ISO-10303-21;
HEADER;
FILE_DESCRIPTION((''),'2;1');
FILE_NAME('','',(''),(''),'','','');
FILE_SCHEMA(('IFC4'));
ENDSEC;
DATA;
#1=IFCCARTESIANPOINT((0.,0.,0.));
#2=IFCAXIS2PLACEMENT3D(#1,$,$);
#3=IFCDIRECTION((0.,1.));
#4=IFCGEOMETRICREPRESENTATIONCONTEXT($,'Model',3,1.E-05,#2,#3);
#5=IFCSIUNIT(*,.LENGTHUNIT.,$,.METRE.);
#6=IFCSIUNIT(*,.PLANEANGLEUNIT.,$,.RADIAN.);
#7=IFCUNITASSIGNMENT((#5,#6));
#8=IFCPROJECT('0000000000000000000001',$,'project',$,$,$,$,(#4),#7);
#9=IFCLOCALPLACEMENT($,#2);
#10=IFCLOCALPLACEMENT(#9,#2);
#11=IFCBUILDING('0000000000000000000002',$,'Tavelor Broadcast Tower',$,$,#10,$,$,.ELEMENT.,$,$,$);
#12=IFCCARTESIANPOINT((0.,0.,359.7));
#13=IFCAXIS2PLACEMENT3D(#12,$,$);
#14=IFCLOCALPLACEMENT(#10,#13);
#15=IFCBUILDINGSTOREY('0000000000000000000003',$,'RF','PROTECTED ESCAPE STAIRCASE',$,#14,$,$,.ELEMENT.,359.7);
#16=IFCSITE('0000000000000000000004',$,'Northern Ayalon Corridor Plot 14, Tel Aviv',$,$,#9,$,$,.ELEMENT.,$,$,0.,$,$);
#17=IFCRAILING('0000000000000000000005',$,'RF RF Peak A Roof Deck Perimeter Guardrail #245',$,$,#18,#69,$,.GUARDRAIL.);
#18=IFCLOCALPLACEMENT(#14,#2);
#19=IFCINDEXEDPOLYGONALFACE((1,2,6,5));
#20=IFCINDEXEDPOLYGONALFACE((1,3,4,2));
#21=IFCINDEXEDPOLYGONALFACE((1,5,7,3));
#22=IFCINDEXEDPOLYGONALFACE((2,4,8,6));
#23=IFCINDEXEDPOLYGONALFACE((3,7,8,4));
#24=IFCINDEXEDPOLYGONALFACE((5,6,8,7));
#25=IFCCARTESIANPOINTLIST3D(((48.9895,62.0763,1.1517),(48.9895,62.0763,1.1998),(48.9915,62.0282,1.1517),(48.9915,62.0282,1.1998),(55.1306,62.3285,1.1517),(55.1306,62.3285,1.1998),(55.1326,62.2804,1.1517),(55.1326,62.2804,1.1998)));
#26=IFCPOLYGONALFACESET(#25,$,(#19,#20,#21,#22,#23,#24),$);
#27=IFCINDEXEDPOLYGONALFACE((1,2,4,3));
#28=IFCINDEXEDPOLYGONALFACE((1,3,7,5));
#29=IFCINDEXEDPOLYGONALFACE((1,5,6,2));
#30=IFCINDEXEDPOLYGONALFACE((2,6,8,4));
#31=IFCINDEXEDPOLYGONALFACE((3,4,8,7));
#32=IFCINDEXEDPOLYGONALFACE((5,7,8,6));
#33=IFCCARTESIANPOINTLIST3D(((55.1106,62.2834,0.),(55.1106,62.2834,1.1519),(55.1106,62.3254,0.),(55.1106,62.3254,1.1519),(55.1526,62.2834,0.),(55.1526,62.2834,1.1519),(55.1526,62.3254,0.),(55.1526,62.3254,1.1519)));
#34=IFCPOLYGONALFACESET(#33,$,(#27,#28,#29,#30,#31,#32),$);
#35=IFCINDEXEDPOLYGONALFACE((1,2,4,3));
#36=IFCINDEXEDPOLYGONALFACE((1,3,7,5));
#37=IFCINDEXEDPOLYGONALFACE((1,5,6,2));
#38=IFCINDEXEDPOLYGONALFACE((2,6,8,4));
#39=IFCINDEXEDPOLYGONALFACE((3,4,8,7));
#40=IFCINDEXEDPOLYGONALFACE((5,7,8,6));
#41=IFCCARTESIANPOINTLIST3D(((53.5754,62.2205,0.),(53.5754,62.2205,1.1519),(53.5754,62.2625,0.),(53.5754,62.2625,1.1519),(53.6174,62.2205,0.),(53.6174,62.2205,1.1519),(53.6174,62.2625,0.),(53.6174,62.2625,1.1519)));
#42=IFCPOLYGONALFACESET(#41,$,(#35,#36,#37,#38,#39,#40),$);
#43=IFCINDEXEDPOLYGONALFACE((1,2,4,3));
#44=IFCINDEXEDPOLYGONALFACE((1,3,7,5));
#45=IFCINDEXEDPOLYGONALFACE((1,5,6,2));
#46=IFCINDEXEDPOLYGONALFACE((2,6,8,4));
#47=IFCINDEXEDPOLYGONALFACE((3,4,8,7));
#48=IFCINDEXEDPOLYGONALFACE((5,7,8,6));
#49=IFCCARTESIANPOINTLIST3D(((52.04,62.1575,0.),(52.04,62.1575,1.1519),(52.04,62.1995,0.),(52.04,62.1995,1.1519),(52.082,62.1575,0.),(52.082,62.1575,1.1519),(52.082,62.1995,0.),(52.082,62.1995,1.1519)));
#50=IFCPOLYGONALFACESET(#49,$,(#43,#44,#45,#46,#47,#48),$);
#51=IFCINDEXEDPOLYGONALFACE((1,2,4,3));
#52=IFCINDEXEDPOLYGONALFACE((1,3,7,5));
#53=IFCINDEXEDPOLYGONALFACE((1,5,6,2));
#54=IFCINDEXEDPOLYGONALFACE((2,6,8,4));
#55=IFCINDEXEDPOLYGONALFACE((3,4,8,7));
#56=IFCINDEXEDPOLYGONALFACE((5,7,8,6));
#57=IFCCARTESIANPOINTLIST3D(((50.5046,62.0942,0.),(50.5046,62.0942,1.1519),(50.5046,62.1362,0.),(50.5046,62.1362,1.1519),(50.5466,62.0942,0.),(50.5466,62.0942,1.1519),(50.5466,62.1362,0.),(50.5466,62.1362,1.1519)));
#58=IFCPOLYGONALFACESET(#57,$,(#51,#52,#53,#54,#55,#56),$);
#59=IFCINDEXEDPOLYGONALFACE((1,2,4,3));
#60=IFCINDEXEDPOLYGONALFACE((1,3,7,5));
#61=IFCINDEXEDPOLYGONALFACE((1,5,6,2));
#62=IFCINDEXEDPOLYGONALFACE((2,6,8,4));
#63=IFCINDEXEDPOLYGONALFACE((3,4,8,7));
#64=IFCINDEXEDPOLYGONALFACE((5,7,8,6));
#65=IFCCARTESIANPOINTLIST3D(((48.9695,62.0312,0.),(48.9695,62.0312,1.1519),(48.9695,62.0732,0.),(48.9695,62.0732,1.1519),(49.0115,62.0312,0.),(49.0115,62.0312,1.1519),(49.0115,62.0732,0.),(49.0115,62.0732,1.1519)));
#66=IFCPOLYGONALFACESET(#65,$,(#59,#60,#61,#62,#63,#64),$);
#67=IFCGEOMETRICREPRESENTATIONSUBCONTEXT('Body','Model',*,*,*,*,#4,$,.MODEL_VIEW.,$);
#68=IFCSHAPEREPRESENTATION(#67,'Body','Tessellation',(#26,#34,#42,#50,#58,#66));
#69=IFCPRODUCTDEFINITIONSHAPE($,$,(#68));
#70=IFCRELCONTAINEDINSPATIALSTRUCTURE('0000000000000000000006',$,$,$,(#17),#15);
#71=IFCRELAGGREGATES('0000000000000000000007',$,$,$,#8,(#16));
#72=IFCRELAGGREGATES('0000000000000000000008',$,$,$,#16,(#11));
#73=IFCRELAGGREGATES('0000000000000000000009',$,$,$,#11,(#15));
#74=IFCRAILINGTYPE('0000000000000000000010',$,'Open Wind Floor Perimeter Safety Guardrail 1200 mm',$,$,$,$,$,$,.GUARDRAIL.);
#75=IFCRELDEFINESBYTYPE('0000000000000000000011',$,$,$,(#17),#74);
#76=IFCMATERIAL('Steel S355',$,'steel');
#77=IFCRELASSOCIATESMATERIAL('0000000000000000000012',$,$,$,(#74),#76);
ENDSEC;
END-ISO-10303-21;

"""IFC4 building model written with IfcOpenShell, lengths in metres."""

from ifc_helpers import new_model, si_unit, direction, frame, origin, origin_2d, place, context, subcontext, project, spatial, rectangle, extrude, material, type_object, element, save


model = new_model("IFC4")

# Units and contexts
model_context = context("Model", 3, precision=1e-05, world=origin(), true_north=direction((0.0, 1.0)))
body_context = subcontext(model_context, "Body", "Model", "MODEL_VIEW")
ifc_project = project(units=[si_unit("LENGTHUNIT", "METRE"), si_unit("PLANEANGLEUNIT", "RADIAN")], contexts=[model_context])

# Site, building, storey
site_placement = place(None, origin())
site = spatial("IfcSite", under=ifc_project, at=site_placement, Name="Northern Ayalon Corridor Plot 14, Tel Aviv", CompositionType="ELEMENT", RefElevation=0.0)
building_placement = place(site_placement, origin())
building = spatial("IfcBuilding", under=site, at=building_placement, Name="Tavelor Broadcast Tower", CompositionType="ELEMENT")
storey_placement = place(building_placement, frame((0.0, 0.0, 359.7)))
storey = spatial("IfcBuildingStorey", under=building, at=storey_placement, Name="RF", Description="PROTECTED ESCAPE STAIRCASE", CompositionType="ELEMENT", Elevation=359.7)

# Shared definitions
ifc_material_1 = material(Name="Steel S355", Category="steel")

# Railing
railing_type = type_object("IfcRailingType", Name="Open Wind Floor Perimeter Safety Guardrail 1200 mm", PredefinedType="GUARDRAIL", material=ifc_material_1)
railing_1_placement = place(storey_placement, frame((55.1316, 62.3044, 0.0)))
element("IfcRailing", 1, at=railing_1_placement, inside=storey, type_object=railing_type, Name="RF RF Peak A Roof Deck Perimeter Guardrail #245", PredefinedType="GUARDRAIL", context=body_context, shape_type="SweptSolid", body=[
    extrude(rectangle(XDim=0.0481, YDim=0.0481, at=origin_2d()), frame((0.0, 0.0, 1.1758), z_axis=(-0.999158, -0.041032, 0.0), x_axis=(0.041032, -0.999158, 0.0)), (0.0, 0.0, 1.0), 6.1462),
    extrude(rectangle(XDim=0.042, YDim=0.042, at=origin_2d()), origin(), (0.0, 0.0, 1.0), 1.1519),
    extrude(rectangle(XDim=0.042, YDim=0.042, at=origin_2d()), frame((-1.5352, -0.063, 0.0)), (0.0, 0.0, 1.0), 1.1519),
    extrude(rectangle(XDim=0.042, YDim=0.042, at=origin_2d()), frame((-3.0706, -0.126, 0.0)), (0.0, 0.0, 1.0), 1.1519),
    extrude(rectangle(XDim=0.042, YDim=0.042, at=origin_2d()), frame((-4.606, -0.1892, 0.0)), (0.0, 0.0, 1.0), 1.1519),
    extrude(rectangle(XDim=0.042, YDim=0.042, at=origin_2d()), frame((-6.1411, -0.2522, 0.0)), (0.0, 0.0, 1.0), 1.1519),
])

save(model, "model.ifc")
